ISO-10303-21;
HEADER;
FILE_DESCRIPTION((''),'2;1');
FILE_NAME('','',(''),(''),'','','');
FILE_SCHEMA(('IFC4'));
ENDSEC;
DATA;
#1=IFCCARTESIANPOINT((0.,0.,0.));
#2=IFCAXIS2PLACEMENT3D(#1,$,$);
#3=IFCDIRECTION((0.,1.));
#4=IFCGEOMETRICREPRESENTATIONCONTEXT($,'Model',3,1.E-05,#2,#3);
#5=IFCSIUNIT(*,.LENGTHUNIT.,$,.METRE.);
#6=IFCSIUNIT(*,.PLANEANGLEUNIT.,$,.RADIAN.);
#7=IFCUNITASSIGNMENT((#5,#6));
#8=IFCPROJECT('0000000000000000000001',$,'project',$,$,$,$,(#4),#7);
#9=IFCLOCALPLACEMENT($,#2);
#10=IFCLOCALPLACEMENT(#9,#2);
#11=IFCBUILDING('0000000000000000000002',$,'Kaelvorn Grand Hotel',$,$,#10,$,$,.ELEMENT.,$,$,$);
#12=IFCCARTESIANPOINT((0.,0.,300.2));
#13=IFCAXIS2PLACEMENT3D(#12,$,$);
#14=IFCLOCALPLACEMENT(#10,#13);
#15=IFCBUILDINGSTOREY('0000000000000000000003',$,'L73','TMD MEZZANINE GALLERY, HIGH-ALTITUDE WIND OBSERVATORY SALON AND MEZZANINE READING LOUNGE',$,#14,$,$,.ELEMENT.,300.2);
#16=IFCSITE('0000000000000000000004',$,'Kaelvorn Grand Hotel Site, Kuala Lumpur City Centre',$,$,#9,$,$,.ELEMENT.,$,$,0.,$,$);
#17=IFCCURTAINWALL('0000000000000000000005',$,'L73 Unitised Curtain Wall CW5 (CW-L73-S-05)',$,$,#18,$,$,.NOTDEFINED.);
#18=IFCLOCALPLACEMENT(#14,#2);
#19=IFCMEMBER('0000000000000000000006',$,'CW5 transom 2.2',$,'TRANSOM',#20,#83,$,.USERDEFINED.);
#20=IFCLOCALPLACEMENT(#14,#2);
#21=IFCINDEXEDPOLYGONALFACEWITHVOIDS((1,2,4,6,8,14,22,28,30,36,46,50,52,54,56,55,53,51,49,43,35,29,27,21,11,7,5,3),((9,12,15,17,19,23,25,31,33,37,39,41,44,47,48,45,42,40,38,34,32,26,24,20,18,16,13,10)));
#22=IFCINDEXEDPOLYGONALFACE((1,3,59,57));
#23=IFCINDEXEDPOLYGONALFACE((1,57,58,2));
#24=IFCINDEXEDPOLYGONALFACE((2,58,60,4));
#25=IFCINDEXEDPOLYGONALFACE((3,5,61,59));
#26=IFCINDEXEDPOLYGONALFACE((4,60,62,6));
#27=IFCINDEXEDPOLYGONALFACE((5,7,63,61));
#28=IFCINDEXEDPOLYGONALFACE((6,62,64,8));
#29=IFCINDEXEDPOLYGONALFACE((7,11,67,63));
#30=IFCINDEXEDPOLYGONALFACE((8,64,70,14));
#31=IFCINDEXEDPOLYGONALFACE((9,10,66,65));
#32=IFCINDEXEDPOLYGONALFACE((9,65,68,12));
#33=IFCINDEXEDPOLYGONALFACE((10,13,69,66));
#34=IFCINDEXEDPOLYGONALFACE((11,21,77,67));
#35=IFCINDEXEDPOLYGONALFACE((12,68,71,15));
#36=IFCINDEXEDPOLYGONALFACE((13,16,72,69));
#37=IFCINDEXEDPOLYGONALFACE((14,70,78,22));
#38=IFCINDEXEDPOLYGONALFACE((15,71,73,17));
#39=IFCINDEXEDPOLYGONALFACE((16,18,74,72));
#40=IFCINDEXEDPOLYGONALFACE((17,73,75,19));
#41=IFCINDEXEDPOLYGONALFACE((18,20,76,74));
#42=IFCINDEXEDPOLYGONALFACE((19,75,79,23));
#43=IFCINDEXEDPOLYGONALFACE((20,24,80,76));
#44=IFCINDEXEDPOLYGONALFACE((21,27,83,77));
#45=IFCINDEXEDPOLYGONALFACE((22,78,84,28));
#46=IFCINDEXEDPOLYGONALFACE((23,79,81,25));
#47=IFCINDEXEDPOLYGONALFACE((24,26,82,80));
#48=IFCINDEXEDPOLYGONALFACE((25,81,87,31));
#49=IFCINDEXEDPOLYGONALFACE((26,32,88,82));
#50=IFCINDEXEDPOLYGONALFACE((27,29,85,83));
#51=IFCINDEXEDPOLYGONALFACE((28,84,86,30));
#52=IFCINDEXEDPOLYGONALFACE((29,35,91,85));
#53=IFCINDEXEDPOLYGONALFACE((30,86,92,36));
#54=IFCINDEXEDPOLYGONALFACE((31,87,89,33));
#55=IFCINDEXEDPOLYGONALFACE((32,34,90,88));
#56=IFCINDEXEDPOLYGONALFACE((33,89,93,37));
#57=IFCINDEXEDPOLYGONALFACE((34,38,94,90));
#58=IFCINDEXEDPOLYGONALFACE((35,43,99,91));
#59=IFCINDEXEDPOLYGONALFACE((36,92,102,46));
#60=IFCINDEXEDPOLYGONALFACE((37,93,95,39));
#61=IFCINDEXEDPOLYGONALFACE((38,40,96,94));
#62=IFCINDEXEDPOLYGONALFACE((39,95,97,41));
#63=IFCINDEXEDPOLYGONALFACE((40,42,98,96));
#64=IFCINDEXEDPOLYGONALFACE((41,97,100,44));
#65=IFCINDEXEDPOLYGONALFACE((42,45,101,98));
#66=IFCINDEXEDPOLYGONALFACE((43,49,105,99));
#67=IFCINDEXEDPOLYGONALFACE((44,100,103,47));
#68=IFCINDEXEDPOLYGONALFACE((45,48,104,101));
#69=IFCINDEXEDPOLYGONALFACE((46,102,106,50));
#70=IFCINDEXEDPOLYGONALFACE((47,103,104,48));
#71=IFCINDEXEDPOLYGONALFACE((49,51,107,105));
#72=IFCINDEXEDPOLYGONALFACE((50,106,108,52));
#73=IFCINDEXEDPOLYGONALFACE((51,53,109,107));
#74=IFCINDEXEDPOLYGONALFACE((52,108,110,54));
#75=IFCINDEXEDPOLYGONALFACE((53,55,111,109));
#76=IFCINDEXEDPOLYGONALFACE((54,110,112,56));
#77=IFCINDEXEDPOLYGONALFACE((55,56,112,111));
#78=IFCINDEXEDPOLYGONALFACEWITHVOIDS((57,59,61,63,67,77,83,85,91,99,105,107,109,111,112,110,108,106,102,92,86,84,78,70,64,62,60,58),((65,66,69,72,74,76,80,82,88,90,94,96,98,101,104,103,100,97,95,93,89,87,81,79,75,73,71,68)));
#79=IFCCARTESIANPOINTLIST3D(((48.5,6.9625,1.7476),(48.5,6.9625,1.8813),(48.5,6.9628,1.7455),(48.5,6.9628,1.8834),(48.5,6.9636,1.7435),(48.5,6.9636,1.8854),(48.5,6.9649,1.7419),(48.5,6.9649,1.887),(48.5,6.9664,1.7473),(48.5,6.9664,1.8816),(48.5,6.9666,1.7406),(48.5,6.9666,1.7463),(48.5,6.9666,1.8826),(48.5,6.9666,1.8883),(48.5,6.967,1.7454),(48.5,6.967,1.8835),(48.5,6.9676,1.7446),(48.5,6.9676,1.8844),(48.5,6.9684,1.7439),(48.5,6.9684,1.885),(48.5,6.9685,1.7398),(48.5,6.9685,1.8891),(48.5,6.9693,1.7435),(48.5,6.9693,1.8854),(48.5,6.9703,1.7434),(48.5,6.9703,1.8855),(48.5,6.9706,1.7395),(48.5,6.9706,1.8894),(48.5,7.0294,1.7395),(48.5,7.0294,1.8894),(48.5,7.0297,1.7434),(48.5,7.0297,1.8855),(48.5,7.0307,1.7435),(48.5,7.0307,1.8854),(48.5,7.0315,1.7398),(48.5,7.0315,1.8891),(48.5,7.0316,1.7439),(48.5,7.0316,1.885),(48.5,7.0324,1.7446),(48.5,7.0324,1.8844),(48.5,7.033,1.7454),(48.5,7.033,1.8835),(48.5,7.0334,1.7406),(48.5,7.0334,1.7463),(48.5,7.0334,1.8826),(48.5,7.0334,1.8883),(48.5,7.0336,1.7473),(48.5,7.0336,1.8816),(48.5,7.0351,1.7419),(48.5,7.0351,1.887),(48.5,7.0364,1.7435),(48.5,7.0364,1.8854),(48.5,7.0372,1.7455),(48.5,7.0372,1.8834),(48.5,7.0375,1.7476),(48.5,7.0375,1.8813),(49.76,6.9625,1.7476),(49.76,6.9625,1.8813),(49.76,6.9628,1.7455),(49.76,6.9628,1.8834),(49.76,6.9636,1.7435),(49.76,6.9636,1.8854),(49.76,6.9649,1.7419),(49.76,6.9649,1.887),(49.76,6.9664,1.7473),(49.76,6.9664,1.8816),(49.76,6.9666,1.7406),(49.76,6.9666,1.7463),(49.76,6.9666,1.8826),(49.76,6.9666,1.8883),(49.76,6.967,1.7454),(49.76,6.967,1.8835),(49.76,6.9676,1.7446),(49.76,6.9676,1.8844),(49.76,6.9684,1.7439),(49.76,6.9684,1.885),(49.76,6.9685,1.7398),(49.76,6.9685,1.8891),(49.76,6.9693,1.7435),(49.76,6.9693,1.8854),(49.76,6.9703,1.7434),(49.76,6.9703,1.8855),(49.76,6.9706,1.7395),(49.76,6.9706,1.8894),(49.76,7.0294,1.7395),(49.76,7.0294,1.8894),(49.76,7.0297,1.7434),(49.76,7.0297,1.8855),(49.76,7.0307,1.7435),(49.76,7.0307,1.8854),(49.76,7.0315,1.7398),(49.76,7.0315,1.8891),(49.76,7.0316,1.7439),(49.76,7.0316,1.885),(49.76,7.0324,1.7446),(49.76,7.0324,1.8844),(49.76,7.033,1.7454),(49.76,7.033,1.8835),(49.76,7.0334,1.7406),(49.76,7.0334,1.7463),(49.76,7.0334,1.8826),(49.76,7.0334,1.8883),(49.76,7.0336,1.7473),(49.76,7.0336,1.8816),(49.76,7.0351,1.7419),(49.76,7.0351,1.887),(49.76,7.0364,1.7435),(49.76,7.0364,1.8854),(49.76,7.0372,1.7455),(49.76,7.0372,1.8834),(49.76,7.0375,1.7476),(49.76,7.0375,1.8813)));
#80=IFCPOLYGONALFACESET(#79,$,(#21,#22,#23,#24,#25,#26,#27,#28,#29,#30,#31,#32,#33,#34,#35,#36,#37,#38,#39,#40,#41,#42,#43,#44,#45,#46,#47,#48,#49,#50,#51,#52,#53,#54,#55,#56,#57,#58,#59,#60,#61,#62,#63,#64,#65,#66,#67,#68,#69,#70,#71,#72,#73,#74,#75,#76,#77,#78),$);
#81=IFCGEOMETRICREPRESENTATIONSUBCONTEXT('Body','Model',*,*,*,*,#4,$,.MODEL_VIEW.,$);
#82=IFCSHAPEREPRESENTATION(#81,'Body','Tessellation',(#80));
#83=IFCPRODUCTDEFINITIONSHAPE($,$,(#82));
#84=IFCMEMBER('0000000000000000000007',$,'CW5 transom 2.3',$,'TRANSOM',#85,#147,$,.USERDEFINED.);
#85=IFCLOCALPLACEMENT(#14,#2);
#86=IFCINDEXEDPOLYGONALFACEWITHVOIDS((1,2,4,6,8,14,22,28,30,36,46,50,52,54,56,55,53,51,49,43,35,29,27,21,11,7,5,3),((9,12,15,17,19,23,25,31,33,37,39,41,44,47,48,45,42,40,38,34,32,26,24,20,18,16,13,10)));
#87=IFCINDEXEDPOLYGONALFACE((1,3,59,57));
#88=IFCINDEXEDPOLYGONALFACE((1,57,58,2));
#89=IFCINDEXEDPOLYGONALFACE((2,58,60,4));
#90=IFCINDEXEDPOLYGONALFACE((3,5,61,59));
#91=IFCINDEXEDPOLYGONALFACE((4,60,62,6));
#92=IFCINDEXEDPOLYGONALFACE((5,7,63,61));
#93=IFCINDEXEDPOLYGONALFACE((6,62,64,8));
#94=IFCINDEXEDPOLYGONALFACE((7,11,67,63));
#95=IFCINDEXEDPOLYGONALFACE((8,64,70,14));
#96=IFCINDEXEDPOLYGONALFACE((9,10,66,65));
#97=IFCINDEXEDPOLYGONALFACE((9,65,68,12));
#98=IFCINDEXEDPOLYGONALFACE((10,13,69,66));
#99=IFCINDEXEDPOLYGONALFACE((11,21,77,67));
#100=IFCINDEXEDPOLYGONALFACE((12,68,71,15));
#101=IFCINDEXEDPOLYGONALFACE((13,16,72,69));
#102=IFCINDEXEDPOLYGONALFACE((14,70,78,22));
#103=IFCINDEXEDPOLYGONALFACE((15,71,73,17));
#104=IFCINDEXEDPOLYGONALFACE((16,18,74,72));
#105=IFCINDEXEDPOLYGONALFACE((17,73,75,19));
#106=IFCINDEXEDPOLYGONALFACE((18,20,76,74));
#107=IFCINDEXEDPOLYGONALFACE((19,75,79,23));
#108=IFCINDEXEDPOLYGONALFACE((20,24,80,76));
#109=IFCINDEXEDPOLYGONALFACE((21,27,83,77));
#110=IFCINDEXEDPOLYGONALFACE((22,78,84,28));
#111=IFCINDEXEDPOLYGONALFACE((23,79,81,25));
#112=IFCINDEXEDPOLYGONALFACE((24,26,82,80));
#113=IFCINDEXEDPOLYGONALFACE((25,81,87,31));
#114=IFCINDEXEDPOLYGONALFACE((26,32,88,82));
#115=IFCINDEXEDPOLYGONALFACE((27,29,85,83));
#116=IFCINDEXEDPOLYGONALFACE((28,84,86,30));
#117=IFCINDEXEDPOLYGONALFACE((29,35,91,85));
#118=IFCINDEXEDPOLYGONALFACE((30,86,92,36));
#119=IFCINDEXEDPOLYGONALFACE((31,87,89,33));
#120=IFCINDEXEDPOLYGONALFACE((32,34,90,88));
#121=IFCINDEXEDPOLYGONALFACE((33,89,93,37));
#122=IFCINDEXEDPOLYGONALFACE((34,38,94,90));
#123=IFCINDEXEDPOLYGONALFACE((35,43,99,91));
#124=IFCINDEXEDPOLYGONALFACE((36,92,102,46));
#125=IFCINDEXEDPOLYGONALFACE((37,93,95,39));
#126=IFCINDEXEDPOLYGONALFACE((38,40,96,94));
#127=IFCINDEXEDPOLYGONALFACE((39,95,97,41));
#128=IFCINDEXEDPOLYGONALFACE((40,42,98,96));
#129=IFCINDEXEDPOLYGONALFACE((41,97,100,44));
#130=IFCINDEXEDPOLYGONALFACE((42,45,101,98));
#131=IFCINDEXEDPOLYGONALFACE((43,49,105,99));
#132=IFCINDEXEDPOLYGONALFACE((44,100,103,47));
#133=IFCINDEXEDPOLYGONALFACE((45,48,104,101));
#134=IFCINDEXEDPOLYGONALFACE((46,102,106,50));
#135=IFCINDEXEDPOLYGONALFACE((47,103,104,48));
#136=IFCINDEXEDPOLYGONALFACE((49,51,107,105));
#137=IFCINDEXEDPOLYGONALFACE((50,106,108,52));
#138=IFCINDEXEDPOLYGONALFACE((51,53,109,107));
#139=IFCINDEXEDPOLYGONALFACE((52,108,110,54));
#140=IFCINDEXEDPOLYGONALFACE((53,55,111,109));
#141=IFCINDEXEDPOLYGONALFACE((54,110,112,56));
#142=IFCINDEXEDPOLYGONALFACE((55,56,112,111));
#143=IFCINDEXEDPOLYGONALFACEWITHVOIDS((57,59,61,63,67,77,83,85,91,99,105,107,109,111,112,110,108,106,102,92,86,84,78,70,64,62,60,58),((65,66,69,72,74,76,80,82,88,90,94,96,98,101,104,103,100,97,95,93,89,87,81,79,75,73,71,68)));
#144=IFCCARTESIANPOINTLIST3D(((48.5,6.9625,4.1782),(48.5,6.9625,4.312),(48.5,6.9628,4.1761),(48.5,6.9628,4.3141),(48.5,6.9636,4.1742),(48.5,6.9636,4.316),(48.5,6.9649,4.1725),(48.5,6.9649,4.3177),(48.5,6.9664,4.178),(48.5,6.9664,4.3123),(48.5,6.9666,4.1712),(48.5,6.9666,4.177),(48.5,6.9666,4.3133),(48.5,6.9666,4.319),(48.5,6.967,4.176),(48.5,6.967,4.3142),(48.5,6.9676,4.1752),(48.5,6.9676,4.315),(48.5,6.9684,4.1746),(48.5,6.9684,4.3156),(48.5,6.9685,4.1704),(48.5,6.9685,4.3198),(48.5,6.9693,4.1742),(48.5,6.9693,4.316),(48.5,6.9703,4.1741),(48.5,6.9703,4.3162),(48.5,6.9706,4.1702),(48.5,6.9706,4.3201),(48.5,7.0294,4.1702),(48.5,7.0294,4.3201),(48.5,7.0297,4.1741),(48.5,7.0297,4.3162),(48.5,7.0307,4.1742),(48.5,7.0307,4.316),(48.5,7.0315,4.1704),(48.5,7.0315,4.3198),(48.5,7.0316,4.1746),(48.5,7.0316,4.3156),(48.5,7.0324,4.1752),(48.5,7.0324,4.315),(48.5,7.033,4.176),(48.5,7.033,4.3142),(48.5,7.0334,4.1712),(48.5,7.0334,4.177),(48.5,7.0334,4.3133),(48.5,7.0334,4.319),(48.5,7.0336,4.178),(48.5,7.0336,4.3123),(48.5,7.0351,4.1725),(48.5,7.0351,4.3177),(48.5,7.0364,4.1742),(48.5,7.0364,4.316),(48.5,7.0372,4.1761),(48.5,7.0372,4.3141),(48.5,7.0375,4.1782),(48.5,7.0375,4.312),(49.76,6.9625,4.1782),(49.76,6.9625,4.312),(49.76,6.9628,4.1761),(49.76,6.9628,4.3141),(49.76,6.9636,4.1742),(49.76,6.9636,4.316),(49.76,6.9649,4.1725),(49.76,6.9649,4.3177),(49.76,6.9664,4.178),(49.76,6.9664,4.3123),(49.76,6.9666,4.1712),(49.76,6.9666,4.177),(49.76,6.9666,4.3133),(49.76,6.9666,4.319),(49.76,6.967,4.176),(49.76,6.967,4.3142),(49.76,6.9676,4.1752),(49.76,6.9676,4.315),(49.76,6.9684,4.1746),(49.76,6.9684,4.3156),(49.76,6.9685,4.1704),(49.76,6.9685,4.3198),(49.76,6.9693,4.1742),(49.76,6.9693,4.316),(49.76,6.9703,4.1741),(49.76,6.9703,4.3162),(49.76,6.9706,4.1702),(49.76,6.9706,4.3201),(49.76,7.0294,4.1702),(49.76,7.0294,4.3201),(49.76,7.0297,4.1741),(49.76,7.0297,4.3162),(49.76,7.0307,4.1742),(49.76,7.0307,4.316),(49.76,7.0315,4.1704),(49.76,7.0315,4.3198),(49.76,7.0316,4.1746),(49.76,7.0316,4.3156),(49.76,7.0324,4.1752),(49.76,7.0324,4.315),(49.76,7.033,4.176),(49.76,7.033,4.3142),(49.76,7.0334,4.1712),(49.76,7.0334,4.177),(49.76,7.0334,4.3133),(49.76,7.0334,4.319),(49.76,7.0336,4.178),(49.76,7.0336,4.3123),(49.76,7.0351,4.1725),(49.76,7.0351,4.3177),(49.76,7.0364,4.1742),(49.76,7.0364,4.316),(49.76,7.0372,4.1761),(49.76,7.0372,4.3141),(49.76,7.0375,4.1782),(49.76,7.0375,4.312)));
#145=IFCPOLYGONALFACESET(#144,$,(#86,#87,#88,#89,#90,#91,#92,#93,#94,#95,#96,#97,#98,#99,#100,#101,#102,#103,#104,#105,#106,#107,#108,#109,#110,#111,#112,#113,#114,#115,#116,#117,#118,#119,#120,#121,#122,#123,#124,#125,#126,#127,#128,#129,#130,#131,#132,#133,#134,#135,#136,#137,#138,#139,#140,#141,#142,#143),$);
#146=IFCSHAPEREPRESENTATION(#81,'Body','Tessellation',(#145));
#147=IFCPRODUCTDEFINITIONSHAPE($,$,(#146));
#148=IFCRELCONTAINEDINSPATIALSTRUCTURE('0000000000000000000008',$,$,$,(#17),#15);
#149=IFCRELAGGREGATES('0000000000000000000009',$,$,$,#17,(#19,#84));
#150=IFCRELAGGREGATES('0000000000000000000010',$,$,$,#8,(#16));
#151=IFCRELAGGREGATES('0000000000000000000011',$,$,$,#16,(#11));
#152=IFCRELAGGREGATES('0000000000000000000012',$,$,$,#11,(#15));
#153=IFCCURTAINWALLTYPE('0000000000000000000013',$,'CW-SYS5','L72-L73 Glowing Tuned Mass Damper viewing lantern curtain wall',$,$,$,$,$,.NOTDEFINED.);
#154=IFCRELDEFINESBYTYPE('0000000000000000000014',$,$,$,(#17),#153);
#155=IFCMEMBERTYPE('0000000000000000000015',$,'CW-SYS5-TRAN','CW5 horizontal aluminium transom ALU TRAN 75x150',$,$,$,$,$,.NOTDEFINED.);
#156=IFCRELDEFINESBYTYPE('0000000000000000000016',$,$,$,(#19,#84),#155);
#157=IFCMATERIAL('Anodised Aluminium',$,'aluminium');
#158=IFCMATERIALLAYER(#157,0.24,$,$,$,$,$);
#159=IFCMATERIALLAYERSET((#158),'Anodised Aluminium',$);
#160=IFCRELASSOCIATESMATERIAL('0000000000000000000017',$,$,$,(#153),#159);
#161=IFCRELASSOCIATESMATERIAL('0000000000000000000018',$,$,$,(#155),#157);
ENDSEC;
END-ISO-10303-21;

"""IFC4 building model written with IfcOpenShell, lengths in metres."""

from ifc_helpers import new_model, si_unit, direction, frame, origin, origin_2d, place, context, subcontext, project, spatial, hollow_rectangle, extrude, material, layer, layer_set, material_profile, profile_set, type_object, element, aggregate, save


model = new_model("IFC4")

# Units and contexts
model_context = context("Model", 3, precision=1e-05, world=origin(), true_north=direction((0.0, 1.0)))
body_context = subcontext(model_context, "Body", "Model", "MODEL_VIEW")
ifc_project = project(units=[si_unit("LENGTHUNIT", "METRE"), si_unit("PLANEANGLEUNIT", "RADIAN")], contexts=[model_context])

# Site, building, storey
site_placement = place(None, origin())
site = spatial("IfcSite", under=ifc_project, at=site_placement, Name="Kaelvorn Grand Hotel Site, Kuala Lumpur City Centre", CompositionType="ELEMENT", RefElevation=0.0)
building_placement = place(site_placement, origin())
building = spatial("IfcBuilding", under=site, at=building_placement, Name="Kaelvorn Grand Hotel", CompositionType="ELEMENT")
storey_placement = place(building_placement, frame((0.0, 0.0, 300.2)))
storey = spatial("IfcBuildingStorey", under=building, at=storey_placement, Name="L73", Description="TMD MEZZANINE GALLERY, HIGH-ALTITUDE WIND OBSERVATORY SALON AND MEZZANINE READING LOUNGE", CompositionType="ELEMENT", Elevation=300.2)

# Curtain wall, members
ifc_material_1 = material(Name="Anodised Aluminium", Category="aluminium")
ifc_layer_1 = layer(ifc_material_1, 0.24)
ifc_layer_set_1 = layer_set([ifc_layer_1], Name="Anodised Aluminium")
curtain_wall_type = type_object("IfcCurtainWallType", Name="CW-SYS5", Description="L72-L73 Glowing Tuned Mass Damper viewing lantern curtain wall", PredefinedType="NOTDEFINED", material=ifc_layer_set_1)
curtain_wall_placement = place(storey_placement, origin())
curtain_wall = element("IfcCurtainWall", 1, at=curtain_wall_placement, inside=storey, type_object=curtain_wall_type, Name="L73 Unitised Curtain Wall CW5 (CW-L73-S-05)", PredefinedType="NOTDEFINED")
ifc_material_profile_1 = material_profile(ifc_material_1, hollow_rectangle(XDim=0.075, YDim=0.1499, WallThickness=0.0039, InnerFilletRadius=0.0039, OuterFilletRadius=0.0081, at=origin_2d()), Name="ALU TRAN 75x150")
ifc_profile_set_1 = profile_set([ifc_material_profile_1], Name="Anodised Aluminium")
member_type_1 = type_object("IfcMemberType", Name="CW-SYS5-TRAN", Description="CW5 horizontal aluminium transom ALU TRAN 75x150", PredefinedType="NOTDEFINED", material=ifc_profile_set_1)
member_1_placement = place(storey_placement, frame((48.5, 7.0, 1.8145), z_axis=(1.0, 0.0, 0.0), x_axis=(0.0, 1.0, 0.0)))
member_1 = element("IfcMember", 2, at=member_1_placement, type_object=member_type_1, Name="CW5 transom 2.2", ObjectType="TRANSOM", PredefinedType="USERDEFINED", context=body_context, shape_type="SweptSolid", body=[
    extrude(hollow_rectangle(XDim=0.075, YDim=0.1499, WallThickness=0.0039, InnerFilletRadius=0.0039, OuterFilletRadius=0.0081, at=origin_2d()), origin(), (0.0, 0.0, 1.0), 1.26),
])
member_2_placement = place(storey_placement, frame((48.5, 7.0, 4.2451), z_axis=(1.0, 0.0, 0.0), x_axis=(0.0, 1.0, 0.0)))
member_2 = element("IfcMember", 3, at=member_2_placement, type_object=member_type_1, Name="CW5 transom 2.3", ObjectType="TRANSOM", PredefinedType="USERDEFINED", context=body_context, shape_type="SweptSolid", body=[
    extrude(hollow_rectangle(XDim=0.075, YDim=0.1499, WallThickness=0.0039, InnerFilletRadius=0.0039, OuterFilletRadius=0.0081, at=origin_2d()), origin(), (0.0, 0.0, 1.0), 1.26),
])
aggregate(curtain_wall, [member_1, member_2])

save(model, "model.ifc")
